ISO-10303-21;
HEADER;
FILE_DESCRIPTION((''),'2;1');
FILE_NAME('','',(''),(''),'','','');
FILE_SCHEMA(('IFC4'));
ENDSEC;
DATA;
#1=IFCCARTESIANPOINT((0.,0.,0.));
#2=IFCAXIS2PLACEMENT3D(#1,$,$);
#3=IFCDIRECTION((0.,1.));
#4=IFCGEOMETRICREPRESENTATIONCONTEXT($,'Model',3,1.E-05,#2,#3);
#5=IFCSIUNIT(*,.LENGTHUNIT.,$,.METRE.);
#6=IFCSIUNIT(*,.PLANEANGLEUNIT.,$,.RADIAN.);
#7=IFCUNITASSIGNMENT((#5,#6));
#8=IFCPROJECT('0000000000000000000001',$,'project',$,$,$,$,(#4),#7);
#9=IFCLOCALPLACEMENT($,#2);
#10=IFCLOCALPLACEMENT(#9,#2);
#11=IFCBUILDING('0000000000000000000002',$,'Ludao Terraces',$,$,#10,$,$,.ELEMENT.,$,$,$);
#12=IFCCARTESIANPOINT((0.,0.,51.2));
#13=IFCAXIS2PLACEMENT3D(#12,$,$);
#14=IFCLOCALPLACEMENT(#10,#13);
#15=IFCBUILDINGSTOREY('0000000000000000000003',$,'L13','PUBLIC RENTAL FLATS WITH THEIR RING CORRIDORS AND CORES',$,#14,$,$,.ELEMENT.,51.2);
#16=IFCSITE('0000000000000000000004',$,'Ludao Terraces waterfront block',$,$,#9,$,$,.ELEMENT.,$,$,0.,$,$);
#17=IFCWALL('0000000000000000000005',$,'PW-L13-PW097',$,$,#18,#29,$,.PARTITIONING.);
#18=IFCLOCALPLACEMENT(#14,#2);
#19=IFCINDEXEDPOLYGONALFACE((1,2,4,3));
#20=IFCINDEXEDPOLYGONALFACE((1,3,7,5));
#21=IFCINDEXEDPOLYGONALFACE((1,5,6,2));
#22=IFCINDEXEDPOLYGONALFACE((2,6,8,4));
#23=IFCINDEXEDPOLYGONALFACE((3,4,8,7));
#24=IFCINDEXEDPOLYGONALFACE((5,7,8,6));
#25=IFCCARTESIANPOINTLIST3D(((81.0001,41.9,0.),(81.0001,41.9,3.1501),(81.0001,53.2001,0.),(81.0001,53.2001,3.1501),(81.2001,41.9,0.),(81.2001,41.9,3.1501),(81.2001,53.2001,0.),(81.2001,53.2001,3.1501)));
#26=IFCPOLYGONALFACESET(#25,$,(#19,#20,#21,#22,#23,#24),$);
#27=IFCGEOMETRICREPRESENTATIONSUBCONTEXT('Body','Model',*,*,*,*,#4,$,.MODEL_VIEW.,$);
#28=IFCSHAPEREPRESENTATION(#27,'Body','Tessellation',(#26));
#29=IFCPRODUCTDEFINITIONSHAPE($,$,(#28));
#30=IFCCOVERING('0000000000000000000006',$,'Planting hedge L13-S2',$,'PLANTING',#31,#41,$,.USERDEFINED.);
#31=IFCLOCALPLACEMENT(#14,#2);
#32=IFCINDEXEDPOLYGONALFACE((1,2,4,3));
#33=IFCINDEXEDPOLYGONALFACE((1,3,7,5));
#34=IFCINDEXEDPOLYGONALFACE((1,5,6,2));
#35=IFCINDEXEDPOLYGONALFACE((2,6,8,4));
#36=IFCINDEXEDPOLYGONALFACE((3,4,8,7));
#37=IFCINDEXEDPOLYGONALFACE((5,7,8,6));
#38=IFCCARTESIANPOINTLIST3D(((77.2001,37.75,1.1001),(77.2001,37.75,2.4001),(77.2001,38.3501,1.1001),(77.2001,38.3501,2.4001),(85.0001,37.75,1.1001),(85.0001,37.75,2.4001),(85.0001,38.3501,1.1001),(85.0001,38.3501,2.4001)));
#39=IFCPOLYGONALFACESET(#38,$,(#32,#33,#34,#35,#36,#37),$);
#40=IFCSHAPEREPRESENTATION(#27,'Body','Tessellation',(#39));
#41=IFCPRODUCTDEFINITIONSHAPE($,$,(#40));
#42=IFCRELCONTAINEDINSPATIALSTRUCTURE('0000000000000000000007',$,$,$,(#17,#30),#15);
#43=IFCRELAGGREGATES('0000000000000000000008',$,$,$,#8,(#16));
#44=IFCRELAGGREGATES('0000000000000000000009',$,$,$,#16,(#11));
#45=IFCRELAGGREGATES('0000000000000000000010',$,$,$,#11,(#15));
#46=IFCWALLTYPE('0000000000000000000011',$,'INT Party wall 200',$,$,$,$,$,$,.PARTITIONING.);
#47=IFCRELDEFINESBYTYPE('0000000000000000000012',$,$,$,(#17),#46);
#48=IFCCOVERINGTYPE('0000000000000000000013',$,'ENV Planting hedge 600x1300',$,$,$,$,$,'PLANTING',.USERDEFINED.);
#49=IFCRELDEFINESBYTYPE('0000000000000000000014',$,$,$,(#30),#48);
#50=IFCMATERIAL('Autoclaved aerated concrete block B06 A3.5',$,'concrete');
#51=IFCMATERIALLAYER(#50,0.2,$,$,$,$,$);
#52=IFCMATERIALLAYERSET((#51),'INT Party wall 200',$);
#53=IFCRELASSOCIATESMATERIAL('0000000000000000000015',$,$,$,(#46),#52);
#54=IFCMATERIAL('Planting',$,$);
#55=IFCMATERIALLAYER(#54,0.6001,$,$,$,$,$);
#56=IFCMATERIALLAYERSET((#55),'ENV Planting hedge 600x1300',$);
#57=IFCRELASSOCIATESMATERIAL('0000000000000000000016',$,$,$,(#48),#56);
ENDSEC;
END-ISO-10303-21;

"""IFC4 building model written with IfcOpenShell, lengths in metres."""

from ifc_helpers import new_model, si_unit, direction, frame, frame_2d, origin, origin_2d, place, context, subcontext, project, spatial, rectangle, extrude, material, layer, layer_set, type_object, element, save


model = new_model("IFC4")

# Units and contexts
model_context = context("Model", 3, precision=1e-05, world=origin(), true_north=direction((0.0, 1.0)))
body_context = subcontext(model_context, "Body", "Model", "MODEL_VIEW")
ifc_project = project(units=[si_unit("LENGTHUNIT", "METRE"), si_unit("PLANEANGLEUNIT", "RADIAN")], contexts=[model_context])

# Site, building, storey
site_placement = place(None, origin())
site = spatial("IfcSite", under=ifc_project, at=site_placement, Name="Ludao Terraces waterfront block", CompositionType="ELEMENT", RefElevation=0.0)
building_placement = place(site_placement, origin())
building = spatial("IfcBuilding", under=site, at=building_placement, Name="Ludao Terraces", CompositionType="ELEMENT")
storey_placement = place(building_placement, frame((0.0, 0.0, 51.2)))
storey = spatial("IfcBuildingStorey", under=building, at=storey_placement, Name="L13", Description="PUBLIC RENTAL FLATS WITH THEIR RING CORRIDORS AND CORES", CompositionType="ELEMENT", Elevation=51.2)

# Wall
ifc_material_1 = material(Name="Autoclaved aerated concrete block B06 A3.5", Category="concrete")
ifc_layer_1 = layer(ifc_material_1, 0.2)
ifc_layer_set_1 = layer_set([ifc_layer_1], Name="INT Party wall 200")
wall_type_1 = type_object("IfcWallType", Name="INT Party wall 200", PredefinedType="PARTITIONING", material=ifc_layer_set_1)
for number, where, z_axis, x_axis, name in (
    (1, (81.1001, 41.9001, 0.0), (0.0, 0.0, 1.0), (0.0, 1.0, 0.0), "PW-L13-PW097"),
):
    element("IfcWall", number, at=place(storey_placement, frame(where, z_axis=z_axis, x_axis=x_axis)), inside=storey, type_object=wall_type_1, Name=name, PredefinedType="PARTITIONING", context=body_context, shape_type="SweptSolid", body=[
        extrude(rectangle(XDim=11.3, YDim=0.2, at=frame_2d((5.6499, 0.0))), origin(), (0.0, 0.0, 1.0), 3.1501),
    ])

# Covering
ifc_material_2 = material(Name="Planting")
ifc_layer_2 = layer(ifc_material_2, 0.6001)
ifc_layer_set_2 = layer_set([ifc_layer_2], Name="ENV Planting hedge 600x1300")
covering_type = type_object("IfcCoveringType", Name="ENV Planting hedge 600x1300", ElementType="PLANTING", PredefinedType="USERDEFINED", material=ifc_layer_set_2)
covering_placement = place(storey_placement, frame((81.1001, 38.05, 1.1001), z_axis=(0.0, 0.0, 1.0), x_axis=(1.0, 0.0, 0.0)))
element("IfcCovering", 2, at=covering_placement, inside=storey, type_object=covering_type, Name="Planting hedge L13-S2", ObjectType="PLANTING", PredefinedType="USERDEFINED", context=body_context, shape_type="SweptSolid", body=[
    extrude(rectangle(XDim=7.8, YDim=0.6001, at=origin_2d()), origin(), (0.0, 0.0, 1.0), 1.3),
])

save(model, "model.ifc")
